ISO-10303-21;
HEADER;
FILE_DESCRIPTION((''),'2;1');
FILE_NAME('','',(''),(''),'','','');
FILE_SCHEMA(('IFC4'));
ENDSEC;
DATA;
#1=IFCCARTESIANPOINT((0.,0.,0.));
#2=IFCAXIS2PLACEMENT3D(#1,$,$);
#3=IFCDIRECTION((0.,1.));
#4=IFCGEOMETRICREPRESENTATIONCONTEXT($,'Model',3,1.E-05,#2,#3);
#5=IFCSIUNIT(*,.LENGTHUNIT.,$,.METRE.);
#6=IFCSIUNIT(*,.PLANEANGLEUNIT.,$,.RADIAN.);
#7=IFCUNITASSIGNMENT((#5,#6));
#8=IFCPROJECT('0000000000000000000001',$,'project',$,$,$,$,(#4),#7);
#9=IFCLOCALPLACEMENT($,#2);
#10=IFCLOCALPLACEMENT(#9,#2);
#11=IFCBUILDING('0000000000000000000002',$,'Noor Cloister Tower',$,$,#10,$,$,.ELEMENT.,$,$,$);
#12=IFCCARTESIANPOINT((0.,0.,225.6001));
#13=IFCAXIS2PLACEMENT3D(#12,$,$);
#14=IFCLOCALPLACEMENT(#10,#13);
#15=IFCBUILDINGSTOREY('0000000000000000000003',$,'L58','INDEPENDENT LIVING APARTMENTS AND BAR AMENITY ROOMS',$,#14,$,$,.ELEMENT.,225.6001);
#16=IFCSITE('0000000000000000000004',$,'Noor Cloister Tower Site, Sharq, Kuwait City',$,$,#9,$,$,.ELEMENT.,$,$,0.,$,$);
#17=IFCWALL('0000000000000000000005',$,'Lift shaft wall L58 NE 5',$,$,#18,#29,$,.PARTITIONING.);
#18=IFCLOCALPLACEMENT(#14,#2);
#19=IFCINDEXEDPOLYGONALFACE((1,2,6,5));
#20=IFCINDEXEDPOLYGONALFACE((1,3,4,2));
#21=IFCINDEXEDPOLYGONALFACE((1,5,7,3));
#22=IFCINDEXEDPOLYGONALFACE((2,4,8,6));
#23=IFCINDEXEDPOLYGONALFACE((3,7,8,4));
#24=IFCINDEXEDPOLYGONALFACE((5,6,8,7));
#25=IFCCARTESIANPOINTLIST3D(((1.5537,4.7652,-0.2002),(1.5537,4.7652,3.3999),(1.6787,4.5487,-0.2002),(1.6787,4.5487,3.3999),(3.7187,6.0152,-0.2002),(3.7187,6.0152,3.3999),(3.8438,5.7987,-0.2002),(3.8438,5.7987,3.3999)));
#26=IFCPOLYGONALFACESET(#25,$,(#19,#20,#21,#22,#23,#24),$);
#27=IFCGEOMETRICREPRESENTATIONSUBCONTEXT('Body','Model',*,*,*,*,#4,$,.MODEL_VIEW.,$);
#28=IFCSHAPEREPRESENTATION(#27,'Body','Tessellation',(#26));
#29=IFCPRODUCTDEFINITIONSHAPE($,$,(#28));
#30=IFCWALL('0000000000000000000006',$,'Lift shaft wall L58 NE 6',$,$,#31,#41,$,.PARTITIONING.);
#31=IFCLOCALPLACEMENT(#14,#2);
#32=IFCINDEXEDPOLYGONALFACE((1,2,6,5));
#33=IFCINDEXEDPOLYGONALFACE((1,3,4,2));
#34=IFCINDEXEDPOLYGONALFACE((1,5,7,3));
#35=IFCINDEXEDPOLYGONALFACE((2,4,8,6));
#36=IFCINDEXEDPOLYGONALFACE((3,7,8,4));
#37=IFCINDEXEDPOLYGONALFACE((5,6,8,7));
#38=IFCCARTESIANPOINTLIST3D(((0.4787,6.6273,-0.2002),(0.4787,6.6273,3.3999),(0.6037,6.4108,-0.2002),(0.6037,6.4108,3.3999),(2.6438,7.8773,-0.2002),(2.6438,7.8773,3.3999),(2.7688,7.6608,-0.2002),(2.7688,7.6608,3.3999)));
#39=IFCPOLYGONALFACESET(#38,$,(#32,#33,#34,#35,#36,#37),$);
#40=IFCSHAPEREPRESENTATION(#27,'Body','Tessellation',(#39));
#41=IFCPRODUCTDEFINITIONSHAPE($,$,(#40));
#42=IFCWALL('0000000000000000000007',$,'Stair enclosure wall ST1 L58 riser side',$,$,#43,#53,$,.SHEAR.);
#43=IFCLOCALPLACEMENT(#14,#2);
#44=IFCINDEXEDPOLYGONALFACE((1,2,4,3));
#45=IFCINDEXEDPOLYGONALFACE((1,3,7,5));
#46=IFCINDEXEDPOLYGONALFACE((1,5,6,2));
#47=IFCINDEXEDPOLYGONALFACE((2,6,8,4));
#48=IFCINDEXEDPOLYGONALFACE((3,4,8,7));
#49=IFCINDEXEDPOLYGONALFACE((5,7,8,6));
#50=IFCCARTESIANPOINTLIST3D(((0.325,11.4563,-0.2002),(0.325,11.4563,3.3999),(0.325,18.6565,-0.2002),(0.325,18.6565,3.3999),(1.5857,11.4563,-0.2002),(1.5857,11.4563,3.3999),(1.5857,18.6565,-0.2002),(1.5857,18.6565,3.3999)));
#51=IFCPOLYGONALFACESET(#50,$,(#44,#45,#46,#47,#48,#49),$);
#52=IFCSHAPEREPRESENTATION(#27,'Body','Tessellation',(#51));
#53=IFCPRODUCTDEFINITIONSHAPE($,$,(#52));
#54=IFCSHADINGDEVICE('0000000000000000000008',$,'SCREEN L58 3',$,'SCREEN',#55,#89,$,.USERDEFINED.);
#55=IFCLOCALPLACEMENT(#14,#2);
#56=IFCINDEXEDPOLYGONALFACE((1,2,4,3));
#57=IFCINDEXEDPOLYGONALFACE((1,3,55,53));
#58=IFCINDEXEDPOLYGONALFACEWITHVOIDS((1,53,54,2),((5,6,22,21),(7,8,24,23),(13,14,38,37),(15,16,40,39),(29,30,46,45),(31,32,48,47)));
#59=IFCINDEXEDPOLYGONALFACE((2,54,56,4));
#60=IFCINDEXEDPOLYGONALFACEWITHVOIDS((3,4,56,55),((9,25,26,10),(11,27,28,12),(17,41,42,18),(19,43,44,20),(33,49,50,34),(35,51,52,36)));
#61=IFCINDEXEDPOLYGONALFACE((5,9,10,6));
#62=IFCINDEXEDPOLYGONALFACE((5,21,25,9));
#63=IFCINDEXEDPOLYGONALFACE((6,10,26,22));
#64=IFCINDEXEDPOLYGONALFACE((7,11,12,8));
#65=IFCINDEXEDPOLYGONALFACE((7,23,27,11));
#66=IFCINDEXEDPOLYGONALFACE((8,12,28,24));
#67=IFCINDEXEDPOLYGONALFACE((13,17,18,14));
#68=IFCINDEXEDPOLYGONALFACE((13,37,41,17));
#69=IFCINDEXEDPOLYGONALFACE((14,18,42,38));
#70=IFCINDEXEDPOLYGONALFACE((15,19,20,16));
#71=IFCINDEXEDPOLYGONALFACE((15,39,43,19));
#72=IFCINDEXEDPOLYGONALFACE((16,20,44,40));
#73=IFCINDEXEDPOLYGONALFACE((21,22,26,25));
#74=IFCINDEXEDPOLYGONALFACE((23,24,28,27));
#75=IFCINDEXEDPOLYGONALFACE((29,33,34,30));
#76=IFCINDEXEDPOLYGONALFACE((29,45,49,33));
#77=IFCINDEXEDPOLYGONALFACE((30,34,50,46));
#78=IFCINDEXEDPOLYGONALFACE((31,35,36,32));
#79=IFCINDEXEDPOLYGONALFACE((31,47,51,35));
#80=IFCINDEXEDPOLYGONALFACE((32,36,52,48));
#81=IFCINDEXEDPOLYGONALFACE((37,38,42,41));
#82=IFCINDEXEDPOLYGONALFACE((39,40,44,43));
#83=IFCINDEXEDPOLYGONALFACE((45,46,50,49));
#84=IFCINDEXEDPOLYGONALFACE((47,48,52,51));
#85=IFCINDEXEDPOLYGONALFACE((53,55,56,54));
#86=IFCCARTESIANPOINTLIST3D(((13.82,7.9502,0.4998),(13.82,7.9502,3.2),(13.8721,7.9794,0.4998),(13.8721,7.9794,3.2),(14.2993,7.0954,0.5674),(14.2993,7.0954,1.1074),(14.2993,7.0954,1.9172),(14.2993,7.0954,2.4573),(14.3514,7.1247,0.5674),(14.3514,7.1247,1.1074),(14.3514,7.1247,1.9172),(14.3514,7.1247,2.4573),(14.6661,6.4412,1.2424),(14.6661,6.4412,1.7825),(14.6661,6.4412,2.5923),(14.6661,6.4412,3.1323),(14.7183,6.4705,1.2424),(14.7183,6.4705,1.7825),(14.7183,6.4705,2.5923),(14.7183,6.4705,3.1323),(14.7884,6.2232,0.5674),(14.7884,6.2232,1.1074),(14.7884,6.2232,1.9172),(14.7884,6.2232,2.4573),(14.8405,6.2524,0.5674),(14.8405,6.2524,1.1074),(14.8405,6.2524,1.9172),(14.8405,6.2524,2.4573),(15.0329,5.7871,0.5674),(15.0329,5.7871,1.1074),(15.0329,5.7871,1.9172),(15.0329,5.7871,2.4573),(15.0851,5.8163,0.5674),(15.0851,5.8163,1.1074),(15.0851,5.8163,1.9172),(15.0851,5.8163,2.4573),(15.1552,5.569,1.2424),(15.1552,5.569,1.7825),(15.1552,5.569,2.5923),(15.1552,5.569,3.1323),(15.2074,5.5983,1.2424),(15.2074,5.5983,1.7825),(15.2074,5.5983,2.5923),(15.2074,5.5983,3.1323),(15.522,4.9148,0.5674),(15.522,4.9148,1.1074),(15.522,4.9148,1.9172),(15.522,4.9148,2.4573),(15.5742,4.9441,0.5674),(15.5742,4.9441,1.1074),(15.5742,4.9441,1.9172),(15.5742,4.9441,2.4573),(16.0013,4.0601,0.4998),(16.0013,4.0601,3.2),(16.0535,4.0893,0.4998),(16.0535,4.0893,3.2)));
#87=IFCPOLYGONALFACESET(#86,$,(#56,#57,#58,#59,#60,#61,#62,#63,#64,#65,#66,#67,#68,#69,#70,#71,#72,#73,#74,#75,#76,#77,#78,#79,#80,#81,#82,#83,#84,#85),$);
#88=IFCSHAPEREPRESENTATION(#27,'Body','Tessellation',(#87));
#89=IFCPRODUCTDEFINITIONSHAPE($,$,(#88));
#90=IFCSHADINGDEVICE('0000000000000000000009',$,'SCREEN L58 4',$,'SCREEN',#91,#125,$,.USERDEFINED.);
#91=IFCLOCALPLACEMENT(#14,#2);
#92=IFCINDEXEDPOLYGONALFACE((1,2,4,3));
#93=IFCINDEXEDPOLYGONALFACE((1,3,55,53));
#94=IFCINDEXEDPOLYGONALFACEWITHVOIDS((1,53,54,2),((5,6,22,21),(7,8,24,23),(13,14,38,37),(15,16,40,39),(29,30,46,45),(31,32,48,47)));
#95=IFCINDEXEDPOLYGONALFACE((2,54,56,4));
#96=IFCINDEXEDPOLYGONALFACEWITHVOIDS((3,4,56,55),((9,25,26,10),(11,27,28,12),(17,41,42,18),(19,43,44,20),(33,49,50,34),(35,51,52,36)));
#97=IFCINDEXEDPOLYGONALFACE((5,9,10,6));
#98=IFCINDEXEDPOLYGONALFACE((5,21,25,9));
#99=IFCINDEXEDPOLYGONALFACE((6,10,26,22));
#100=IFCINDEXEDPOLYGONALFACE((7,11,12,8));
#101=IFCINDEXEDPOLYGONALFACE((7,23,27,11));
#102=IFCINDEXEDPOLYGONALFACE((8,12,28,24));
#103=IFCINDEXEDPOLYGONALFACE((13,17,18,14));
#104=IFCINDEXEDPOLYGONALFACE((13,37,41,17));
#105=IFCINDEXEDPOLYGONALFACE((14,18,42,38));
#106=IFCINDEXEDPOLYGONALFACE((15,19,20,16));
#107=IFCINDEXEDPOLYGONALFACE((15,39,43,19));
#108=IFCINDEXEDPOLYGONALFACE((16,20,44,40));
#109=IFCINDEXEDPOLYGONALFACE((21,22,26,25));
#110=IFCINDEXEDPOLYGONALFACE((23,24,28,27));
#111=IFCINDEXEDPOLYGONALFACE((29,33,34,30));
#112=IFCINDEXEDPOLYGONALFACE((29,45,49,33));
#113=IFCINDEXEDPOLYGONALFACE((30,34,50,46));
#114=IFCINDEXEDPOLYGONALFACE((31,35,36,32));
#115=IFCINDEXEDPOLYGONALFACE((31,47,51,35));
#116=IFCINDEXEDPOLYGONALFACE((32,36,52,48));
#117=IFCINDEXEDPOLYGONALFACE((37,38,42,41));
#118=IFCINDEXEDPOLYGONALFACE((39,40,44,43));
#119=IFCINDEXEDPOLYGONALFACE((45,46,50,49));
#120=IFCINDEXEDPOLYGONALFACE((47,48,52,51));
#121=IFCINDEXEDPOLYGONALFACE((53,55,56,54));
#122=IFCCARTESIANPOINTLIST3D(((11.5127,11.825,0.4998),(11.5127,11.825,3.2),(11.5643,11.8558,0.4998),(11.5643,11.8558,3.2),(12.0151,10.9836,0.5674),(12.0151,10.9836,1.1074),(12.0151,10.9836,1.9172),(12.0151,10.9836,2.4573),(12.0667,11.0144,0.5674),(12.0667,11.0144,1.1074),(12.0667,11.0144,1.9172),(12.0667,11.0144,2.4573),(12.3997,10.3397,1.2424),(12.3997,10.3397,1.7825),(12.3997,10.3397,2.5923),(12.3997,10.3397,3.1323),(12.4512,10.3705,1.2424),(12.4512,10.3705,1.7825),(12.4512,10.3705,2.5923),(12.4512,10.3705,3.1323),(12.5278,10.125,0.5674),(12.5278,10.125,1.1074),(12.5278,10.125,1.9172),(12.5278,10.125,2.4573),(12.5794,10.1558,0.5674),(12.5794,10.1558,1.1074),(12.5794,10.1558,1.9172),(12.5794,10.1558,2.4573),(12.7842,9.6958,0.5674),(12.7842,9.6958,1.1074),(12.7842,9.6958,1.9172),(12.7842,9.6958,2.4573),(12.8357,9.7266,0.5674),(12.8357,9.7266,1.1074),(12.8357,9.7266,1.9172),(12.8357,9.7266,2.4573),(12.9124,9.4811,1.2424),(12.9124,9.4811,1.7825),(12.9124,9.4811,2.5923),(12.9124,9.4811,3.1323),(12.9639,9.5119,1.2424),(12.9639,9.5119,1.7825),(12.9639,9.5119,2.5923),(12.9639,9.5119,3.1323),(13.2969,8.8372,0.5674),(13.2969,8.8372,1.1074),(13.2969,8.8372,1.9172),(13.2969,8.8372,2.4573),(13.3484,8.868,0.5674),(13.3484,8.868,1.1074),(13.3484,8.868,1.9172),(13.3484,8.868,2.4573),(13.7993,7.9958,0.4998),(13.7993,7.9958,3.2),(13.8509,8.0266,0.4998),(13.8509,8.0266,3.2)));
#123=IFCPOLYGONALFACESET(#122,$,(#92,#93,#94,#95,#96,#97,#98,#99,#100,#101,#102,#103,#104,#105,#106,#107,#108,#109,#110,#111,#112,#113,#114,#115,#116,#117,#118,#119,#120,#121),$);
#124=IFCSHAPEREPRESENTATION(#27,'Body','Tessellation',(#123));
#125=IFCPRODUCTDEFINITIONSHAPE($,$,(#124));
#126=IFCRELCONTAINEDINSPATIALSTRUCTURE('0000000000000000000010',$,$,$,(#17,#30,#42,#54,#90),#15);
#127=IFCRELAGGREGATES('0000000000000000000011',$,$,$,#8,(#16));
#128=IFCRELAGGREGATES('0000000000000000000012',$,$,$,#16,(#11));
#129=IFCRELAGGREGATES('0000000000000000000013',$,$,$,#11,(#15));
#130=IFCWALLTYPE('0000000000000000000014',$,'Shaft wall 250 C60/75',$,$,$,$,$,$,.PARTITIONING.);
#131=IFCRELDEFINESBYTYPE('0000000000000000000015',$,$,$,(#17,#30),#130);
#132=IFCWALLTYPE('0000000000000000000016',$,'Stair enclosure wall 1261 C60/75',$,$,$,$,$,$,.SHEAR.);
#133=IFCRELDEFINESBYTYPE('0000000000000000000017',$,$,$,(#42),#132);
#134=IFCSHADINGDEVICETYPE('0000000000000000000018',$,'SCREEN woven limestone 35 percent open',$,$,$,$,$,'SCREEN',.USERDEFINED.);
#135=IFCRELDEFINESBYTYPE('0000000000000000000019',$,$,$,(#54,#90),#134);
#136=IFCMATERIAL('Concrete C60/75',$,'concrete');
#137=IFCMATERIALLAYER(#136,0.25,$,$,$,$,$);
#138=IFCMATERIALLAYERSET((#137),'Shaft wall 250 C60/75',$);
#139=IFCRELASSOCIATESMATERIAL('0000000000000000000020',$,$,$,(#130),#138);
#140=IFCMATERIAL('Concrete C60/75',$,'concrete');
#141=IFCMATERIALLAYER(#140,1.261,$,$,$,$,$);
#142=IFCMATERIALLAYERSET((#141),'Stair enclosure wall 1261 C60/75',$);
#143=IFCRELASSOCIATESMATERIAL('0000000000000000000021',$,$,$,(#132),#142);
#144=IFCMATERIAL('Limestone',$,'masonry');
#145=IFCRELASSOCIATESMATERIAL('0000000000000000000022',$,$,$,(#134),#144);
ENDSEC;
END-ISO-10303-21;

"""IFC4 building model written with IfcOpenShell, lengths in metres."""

from ifc_helpers import new_model, si_unit, direction, frame, frame_2d, origin, place, context, subcontext, project, spatial, polyline, rectangle, outline, extrude, material, layer, layer_set, material_profile, profile_set, type_object, element, save


model = new_model("IFC4")

# Units and contexts
model_context = context("Model", 3, precision=1e-05, world=origin(), true_north=direction((0.0, 1.0)))
body_context = subcontext(model_context, "Body", "Model", "MODEL_VIEW")
ifc_project = project(units=[si_unit("LENGTHUNIT", "METRE"), si_unit("PLANEANGLEUNIT", "RADIAN")], contexts=[model_context])

# Site, building, storey
site_placement = place(None, origin())
site = spatial("IfcSite", under=ifc_project, at=site_placement, Name="Noor Cloister Tower Site, Sharq, Kuwait City", CompositionType="ELEMENT", RefElevation=0.0)
building_placement = place(site_placement, origin())
building = spatial("IfcBuilding", under=site, at=building_placement, Name="Noor Cloister Tower", CompositionType="ELEMENT")
storey_placement = place(building_placement, frame((0.0, 0.0, 225.6001)))
storey = spatial("IfcBuildingStorey", under=building, at=storey_placement, Name="L58", Description="INDEPENDENT LIVING APARTMENTS AND BAR AMENITY ROOMS", CompositionType="ELEMENT", Elevation=225.6001)

# Walls
ifc_material_1 = material(Name="Concrete C60/75", Category="concrete")
ifc_layer_1 = layer(ifc_material_1, 0.25)
ifc_layer_set_1 = layer_set([ifc_layer_1], Name="Shaft wall 250 C60/75")
wall_type_1 = type_object("IfcWallType", Name="Shaft wall 250 C60/75", PredefinedType="PARTITIONING", material=ifc_layer_set_1)
for number, where, z_axis, x_axis, name in (
    (1, (3.7812, 5.907, -0.2002), (0.0, 0.0, 1.0), (-0.866023, -0.500004, 0.0), "Lift shaft wall L58 NE 5"),
    (2, (2.7063, 7.769, -0.2002), (0.0, 0.0, 1.0), (-0.866023, -0.500004, 0.0), "Lift shaft wall L58 NE 6"),
):
    element("IfcWall", number, at=place(storey_placement, frame(where, z_axis=z_axis, x_axis=x_axis)), inside=storey, type_object=wall_type_1, Name=name, PredefinedType="PARTITIONING", context=body_context, shape_type="SweptSolid", body=[
        extrude(rectangle(XDim=2.5, YDim=0.25, at=frame_2d((1.25, 0.0))), origin(), (0.0, 0.0, 1.0), 3.6001),
    ])
ifc_material_2 = material(Name="Concrete C60/75", Category="concrete")
ifc_layer_2 = layer(ifc_material_2, 1.261)
ifc_layer_set_2 = layer_set([ifc_layer_2], Name="Stair enclosure wall 1261 C60/75")
wall_type_2 = type_object("IfcWallType", Name="Stair enclosure wall 1261 C60/75", PredefinedType="SHEAR", material=ifc_layer_set_2)
wall_1_placement = place(storey_placement, frame((0.9553, 11.4563, -0.2002), z_axis=(0.0, 0.0, 1.0), x_axis=(0.0, 1.0, 0.0)))
element("IfcWall", 3, at=wall_1_placement, inside=storey, type_object=wall_type_2, Name="Stair enclosure wall ST1 L58 riser side", PredefinedType="SHEAR", context=body_context, shape_type="SweptSolid", body=[
    extrude(rectangle(XDim=7.2002, YDim=1.2607, at=frame_2d((3.6001, 0.0))), origin(), (0.0, 0.0, 1.0), 3.6001),
])

# Shading devices
ifc_material_3 = material(Name="Limestone", Category="masonry")
ifc_material_profile_1 = material_profile(ifc_material_3, outline(polyline([(-2.23, -1.3501), (2.23, -1.3501), (2.23, 1.3501), (-2.23, 1.3501), (-2.23, -1.3501)]), holes=[polyline([(-1.25, -1.2825), (-0.25, -1.2825), (-0.25, -0.7424), (-1.25, -0.7424), (-1.25, -1.2825)]), polyline([(0.25, -1.2825), (1.25, -1.2825), (1.25, -0.7424), (0.25, -0.7424), (0.25, -1.2825)]), polyline([(-0.5, -0.6074), (0.5, -0.6074), (0.5, -0.0674), (-0.5, -0.0674), (-0.5, -0.6074)]), polyline([(-1.25, 0.0674), (-0.25, 0.0674), (-0.25, 0.6074), (-1.25, 0.6074), (-1.25, 0.0674)]), polyline([(0.25, 0.0674), (1.25, 0.0674), (1.25, 0.6074), (0.25, 0.6074), (0.25, 0.0674)]), polyline([(-0.5, 0.7424), (0.5, 0.7424), (0.5, 1.2825), (-0.5, 1.2825), (-0.5, 0.7424)])]), Name="Woven screen 35 percent open")
ifc_profile_set_1 = profile_set([ifc_material_profile_1], Name="Limestone")
shading_device_type = type_object("IfcShadingDeviceType", Name="SCREEN woven limestone 35 percent open", ElementType="SCREEN", PredefinedType="USERDEFINED", material=ifc_profile_set_1)
shading_device_1_placement = place(storey_placement, frame((14.9106, 6.0051, 1.8499), z_axis=(0.872228, 0.4891, 0.0), x_axis=(-0.4891, 0.872228, 0.0)))
element("IfcShadingDevice", 4, at=shading_device_1_placement, inside=storey, type_object=shading_device_type, Name="SCREEN L58 3", ObjectType="SCREEN", PredefinedType="USERDEFINED", context=body_context, shape_type="SweptSolid", body=[
    extrude(outline(polyline([(-2.23, -1.3501), (2.23, -1.3501), (2.23, 1.3501), (-2.23, 1.3501), (-2.23, -1.3501)]), holes=[polyline([(-1.25, -1.2825), (-0.25, -1.2825), (-0.25, -0.7424), (-1.25, -0.7424), (-1.25, -1.2825)]), polyline([(0.25, -1.2825), (1.25, -1.2825), (1.25, -0.7424), (0.25, -0.7424), (0.25, -1.2825)]), polyline([(-0.5, -0.6074), (0.5, -0.6074), (0.5, -0.0674), (-0.5, -0.0674), (-0.5, -0.6074)]), polyline([(-1.25, 0.0674), (-0.25, 0.0674), (-0.25, 0.6074), (-1.25, 0.6074), (-1.25, 0.0674)]), polyline([(0.25, 0.0674), (1.25, 0.0674), (1.25, 0.6074), (0.25, 0.6074), (0.25, 0.0674)]), polyline([(-0.5, 0.7424), (0.5, 0.7424), (0.5, 1.2825), (-0.5, 1.2825), (-0.5, 0.7424)])]), origin(), (0.0, 0.0, 1.0), 0.0598),
])
shading_device_2_placement = place(storey_placement, frame((12.656, 9.9104, 1.8499), z_axis=(0.858568, 0.512699, 0.0), x_axis=(-0.512699, 0.858568, 0.0)))
element("IfcShadingDevice", 5, at=shading_device_2_placement, inside=storey, type_object=shading_device_type, Name="SCREEN L58 4", ObjectType="SCREEN", PredefinedType="USERDEFINED", context=body_context, shape_type="SweptSolid", body=[
    extrude(outline(polyline([(-2.23, -1.3501), (2.23, -1.3501), (2.23, 1.3501), (-2.23, 1.3501), (-2.23, -1.3501)]), holes=[polyline([(-1.25, -1.2825), (-0.25, -1.2825), (-0.25, -0.7424), (-1.25, -0.7424), (-1.25, -1.2825)]), polyline([(0.25, -1.2825), (1.25, -1.2825), (1.25, -0.7424), (0.25, -0.7424), (0.25, -1.2825)]), polyline([(-0.5, -0.6074), (0.5, -0.6074), (0.5, -0.0674), (-0.5, -0.0674), (-0.5, -0.6074)]), polyline([(-1.25, 0.0674), (-0.25, 0.0674), (-0.25, 0.6074), (-1.25, 0.6074), (-1.25, 0.0674)]), polyline([(0.25, 0.0674), (1.25, 0.0674), (1.25, 0.6074), (0.25, 0.6074), (0.25, 0.0674)]), polyline([(-0.5, 0.7424), (0.5, 0.7424), (0.5, 1.2825), (-0.5, 1.2825), (-0.5, 0.7424)])]), origin(), (0.0, 0.0, 1.0), 0.0601),
])

save(model, "model.ifc")
